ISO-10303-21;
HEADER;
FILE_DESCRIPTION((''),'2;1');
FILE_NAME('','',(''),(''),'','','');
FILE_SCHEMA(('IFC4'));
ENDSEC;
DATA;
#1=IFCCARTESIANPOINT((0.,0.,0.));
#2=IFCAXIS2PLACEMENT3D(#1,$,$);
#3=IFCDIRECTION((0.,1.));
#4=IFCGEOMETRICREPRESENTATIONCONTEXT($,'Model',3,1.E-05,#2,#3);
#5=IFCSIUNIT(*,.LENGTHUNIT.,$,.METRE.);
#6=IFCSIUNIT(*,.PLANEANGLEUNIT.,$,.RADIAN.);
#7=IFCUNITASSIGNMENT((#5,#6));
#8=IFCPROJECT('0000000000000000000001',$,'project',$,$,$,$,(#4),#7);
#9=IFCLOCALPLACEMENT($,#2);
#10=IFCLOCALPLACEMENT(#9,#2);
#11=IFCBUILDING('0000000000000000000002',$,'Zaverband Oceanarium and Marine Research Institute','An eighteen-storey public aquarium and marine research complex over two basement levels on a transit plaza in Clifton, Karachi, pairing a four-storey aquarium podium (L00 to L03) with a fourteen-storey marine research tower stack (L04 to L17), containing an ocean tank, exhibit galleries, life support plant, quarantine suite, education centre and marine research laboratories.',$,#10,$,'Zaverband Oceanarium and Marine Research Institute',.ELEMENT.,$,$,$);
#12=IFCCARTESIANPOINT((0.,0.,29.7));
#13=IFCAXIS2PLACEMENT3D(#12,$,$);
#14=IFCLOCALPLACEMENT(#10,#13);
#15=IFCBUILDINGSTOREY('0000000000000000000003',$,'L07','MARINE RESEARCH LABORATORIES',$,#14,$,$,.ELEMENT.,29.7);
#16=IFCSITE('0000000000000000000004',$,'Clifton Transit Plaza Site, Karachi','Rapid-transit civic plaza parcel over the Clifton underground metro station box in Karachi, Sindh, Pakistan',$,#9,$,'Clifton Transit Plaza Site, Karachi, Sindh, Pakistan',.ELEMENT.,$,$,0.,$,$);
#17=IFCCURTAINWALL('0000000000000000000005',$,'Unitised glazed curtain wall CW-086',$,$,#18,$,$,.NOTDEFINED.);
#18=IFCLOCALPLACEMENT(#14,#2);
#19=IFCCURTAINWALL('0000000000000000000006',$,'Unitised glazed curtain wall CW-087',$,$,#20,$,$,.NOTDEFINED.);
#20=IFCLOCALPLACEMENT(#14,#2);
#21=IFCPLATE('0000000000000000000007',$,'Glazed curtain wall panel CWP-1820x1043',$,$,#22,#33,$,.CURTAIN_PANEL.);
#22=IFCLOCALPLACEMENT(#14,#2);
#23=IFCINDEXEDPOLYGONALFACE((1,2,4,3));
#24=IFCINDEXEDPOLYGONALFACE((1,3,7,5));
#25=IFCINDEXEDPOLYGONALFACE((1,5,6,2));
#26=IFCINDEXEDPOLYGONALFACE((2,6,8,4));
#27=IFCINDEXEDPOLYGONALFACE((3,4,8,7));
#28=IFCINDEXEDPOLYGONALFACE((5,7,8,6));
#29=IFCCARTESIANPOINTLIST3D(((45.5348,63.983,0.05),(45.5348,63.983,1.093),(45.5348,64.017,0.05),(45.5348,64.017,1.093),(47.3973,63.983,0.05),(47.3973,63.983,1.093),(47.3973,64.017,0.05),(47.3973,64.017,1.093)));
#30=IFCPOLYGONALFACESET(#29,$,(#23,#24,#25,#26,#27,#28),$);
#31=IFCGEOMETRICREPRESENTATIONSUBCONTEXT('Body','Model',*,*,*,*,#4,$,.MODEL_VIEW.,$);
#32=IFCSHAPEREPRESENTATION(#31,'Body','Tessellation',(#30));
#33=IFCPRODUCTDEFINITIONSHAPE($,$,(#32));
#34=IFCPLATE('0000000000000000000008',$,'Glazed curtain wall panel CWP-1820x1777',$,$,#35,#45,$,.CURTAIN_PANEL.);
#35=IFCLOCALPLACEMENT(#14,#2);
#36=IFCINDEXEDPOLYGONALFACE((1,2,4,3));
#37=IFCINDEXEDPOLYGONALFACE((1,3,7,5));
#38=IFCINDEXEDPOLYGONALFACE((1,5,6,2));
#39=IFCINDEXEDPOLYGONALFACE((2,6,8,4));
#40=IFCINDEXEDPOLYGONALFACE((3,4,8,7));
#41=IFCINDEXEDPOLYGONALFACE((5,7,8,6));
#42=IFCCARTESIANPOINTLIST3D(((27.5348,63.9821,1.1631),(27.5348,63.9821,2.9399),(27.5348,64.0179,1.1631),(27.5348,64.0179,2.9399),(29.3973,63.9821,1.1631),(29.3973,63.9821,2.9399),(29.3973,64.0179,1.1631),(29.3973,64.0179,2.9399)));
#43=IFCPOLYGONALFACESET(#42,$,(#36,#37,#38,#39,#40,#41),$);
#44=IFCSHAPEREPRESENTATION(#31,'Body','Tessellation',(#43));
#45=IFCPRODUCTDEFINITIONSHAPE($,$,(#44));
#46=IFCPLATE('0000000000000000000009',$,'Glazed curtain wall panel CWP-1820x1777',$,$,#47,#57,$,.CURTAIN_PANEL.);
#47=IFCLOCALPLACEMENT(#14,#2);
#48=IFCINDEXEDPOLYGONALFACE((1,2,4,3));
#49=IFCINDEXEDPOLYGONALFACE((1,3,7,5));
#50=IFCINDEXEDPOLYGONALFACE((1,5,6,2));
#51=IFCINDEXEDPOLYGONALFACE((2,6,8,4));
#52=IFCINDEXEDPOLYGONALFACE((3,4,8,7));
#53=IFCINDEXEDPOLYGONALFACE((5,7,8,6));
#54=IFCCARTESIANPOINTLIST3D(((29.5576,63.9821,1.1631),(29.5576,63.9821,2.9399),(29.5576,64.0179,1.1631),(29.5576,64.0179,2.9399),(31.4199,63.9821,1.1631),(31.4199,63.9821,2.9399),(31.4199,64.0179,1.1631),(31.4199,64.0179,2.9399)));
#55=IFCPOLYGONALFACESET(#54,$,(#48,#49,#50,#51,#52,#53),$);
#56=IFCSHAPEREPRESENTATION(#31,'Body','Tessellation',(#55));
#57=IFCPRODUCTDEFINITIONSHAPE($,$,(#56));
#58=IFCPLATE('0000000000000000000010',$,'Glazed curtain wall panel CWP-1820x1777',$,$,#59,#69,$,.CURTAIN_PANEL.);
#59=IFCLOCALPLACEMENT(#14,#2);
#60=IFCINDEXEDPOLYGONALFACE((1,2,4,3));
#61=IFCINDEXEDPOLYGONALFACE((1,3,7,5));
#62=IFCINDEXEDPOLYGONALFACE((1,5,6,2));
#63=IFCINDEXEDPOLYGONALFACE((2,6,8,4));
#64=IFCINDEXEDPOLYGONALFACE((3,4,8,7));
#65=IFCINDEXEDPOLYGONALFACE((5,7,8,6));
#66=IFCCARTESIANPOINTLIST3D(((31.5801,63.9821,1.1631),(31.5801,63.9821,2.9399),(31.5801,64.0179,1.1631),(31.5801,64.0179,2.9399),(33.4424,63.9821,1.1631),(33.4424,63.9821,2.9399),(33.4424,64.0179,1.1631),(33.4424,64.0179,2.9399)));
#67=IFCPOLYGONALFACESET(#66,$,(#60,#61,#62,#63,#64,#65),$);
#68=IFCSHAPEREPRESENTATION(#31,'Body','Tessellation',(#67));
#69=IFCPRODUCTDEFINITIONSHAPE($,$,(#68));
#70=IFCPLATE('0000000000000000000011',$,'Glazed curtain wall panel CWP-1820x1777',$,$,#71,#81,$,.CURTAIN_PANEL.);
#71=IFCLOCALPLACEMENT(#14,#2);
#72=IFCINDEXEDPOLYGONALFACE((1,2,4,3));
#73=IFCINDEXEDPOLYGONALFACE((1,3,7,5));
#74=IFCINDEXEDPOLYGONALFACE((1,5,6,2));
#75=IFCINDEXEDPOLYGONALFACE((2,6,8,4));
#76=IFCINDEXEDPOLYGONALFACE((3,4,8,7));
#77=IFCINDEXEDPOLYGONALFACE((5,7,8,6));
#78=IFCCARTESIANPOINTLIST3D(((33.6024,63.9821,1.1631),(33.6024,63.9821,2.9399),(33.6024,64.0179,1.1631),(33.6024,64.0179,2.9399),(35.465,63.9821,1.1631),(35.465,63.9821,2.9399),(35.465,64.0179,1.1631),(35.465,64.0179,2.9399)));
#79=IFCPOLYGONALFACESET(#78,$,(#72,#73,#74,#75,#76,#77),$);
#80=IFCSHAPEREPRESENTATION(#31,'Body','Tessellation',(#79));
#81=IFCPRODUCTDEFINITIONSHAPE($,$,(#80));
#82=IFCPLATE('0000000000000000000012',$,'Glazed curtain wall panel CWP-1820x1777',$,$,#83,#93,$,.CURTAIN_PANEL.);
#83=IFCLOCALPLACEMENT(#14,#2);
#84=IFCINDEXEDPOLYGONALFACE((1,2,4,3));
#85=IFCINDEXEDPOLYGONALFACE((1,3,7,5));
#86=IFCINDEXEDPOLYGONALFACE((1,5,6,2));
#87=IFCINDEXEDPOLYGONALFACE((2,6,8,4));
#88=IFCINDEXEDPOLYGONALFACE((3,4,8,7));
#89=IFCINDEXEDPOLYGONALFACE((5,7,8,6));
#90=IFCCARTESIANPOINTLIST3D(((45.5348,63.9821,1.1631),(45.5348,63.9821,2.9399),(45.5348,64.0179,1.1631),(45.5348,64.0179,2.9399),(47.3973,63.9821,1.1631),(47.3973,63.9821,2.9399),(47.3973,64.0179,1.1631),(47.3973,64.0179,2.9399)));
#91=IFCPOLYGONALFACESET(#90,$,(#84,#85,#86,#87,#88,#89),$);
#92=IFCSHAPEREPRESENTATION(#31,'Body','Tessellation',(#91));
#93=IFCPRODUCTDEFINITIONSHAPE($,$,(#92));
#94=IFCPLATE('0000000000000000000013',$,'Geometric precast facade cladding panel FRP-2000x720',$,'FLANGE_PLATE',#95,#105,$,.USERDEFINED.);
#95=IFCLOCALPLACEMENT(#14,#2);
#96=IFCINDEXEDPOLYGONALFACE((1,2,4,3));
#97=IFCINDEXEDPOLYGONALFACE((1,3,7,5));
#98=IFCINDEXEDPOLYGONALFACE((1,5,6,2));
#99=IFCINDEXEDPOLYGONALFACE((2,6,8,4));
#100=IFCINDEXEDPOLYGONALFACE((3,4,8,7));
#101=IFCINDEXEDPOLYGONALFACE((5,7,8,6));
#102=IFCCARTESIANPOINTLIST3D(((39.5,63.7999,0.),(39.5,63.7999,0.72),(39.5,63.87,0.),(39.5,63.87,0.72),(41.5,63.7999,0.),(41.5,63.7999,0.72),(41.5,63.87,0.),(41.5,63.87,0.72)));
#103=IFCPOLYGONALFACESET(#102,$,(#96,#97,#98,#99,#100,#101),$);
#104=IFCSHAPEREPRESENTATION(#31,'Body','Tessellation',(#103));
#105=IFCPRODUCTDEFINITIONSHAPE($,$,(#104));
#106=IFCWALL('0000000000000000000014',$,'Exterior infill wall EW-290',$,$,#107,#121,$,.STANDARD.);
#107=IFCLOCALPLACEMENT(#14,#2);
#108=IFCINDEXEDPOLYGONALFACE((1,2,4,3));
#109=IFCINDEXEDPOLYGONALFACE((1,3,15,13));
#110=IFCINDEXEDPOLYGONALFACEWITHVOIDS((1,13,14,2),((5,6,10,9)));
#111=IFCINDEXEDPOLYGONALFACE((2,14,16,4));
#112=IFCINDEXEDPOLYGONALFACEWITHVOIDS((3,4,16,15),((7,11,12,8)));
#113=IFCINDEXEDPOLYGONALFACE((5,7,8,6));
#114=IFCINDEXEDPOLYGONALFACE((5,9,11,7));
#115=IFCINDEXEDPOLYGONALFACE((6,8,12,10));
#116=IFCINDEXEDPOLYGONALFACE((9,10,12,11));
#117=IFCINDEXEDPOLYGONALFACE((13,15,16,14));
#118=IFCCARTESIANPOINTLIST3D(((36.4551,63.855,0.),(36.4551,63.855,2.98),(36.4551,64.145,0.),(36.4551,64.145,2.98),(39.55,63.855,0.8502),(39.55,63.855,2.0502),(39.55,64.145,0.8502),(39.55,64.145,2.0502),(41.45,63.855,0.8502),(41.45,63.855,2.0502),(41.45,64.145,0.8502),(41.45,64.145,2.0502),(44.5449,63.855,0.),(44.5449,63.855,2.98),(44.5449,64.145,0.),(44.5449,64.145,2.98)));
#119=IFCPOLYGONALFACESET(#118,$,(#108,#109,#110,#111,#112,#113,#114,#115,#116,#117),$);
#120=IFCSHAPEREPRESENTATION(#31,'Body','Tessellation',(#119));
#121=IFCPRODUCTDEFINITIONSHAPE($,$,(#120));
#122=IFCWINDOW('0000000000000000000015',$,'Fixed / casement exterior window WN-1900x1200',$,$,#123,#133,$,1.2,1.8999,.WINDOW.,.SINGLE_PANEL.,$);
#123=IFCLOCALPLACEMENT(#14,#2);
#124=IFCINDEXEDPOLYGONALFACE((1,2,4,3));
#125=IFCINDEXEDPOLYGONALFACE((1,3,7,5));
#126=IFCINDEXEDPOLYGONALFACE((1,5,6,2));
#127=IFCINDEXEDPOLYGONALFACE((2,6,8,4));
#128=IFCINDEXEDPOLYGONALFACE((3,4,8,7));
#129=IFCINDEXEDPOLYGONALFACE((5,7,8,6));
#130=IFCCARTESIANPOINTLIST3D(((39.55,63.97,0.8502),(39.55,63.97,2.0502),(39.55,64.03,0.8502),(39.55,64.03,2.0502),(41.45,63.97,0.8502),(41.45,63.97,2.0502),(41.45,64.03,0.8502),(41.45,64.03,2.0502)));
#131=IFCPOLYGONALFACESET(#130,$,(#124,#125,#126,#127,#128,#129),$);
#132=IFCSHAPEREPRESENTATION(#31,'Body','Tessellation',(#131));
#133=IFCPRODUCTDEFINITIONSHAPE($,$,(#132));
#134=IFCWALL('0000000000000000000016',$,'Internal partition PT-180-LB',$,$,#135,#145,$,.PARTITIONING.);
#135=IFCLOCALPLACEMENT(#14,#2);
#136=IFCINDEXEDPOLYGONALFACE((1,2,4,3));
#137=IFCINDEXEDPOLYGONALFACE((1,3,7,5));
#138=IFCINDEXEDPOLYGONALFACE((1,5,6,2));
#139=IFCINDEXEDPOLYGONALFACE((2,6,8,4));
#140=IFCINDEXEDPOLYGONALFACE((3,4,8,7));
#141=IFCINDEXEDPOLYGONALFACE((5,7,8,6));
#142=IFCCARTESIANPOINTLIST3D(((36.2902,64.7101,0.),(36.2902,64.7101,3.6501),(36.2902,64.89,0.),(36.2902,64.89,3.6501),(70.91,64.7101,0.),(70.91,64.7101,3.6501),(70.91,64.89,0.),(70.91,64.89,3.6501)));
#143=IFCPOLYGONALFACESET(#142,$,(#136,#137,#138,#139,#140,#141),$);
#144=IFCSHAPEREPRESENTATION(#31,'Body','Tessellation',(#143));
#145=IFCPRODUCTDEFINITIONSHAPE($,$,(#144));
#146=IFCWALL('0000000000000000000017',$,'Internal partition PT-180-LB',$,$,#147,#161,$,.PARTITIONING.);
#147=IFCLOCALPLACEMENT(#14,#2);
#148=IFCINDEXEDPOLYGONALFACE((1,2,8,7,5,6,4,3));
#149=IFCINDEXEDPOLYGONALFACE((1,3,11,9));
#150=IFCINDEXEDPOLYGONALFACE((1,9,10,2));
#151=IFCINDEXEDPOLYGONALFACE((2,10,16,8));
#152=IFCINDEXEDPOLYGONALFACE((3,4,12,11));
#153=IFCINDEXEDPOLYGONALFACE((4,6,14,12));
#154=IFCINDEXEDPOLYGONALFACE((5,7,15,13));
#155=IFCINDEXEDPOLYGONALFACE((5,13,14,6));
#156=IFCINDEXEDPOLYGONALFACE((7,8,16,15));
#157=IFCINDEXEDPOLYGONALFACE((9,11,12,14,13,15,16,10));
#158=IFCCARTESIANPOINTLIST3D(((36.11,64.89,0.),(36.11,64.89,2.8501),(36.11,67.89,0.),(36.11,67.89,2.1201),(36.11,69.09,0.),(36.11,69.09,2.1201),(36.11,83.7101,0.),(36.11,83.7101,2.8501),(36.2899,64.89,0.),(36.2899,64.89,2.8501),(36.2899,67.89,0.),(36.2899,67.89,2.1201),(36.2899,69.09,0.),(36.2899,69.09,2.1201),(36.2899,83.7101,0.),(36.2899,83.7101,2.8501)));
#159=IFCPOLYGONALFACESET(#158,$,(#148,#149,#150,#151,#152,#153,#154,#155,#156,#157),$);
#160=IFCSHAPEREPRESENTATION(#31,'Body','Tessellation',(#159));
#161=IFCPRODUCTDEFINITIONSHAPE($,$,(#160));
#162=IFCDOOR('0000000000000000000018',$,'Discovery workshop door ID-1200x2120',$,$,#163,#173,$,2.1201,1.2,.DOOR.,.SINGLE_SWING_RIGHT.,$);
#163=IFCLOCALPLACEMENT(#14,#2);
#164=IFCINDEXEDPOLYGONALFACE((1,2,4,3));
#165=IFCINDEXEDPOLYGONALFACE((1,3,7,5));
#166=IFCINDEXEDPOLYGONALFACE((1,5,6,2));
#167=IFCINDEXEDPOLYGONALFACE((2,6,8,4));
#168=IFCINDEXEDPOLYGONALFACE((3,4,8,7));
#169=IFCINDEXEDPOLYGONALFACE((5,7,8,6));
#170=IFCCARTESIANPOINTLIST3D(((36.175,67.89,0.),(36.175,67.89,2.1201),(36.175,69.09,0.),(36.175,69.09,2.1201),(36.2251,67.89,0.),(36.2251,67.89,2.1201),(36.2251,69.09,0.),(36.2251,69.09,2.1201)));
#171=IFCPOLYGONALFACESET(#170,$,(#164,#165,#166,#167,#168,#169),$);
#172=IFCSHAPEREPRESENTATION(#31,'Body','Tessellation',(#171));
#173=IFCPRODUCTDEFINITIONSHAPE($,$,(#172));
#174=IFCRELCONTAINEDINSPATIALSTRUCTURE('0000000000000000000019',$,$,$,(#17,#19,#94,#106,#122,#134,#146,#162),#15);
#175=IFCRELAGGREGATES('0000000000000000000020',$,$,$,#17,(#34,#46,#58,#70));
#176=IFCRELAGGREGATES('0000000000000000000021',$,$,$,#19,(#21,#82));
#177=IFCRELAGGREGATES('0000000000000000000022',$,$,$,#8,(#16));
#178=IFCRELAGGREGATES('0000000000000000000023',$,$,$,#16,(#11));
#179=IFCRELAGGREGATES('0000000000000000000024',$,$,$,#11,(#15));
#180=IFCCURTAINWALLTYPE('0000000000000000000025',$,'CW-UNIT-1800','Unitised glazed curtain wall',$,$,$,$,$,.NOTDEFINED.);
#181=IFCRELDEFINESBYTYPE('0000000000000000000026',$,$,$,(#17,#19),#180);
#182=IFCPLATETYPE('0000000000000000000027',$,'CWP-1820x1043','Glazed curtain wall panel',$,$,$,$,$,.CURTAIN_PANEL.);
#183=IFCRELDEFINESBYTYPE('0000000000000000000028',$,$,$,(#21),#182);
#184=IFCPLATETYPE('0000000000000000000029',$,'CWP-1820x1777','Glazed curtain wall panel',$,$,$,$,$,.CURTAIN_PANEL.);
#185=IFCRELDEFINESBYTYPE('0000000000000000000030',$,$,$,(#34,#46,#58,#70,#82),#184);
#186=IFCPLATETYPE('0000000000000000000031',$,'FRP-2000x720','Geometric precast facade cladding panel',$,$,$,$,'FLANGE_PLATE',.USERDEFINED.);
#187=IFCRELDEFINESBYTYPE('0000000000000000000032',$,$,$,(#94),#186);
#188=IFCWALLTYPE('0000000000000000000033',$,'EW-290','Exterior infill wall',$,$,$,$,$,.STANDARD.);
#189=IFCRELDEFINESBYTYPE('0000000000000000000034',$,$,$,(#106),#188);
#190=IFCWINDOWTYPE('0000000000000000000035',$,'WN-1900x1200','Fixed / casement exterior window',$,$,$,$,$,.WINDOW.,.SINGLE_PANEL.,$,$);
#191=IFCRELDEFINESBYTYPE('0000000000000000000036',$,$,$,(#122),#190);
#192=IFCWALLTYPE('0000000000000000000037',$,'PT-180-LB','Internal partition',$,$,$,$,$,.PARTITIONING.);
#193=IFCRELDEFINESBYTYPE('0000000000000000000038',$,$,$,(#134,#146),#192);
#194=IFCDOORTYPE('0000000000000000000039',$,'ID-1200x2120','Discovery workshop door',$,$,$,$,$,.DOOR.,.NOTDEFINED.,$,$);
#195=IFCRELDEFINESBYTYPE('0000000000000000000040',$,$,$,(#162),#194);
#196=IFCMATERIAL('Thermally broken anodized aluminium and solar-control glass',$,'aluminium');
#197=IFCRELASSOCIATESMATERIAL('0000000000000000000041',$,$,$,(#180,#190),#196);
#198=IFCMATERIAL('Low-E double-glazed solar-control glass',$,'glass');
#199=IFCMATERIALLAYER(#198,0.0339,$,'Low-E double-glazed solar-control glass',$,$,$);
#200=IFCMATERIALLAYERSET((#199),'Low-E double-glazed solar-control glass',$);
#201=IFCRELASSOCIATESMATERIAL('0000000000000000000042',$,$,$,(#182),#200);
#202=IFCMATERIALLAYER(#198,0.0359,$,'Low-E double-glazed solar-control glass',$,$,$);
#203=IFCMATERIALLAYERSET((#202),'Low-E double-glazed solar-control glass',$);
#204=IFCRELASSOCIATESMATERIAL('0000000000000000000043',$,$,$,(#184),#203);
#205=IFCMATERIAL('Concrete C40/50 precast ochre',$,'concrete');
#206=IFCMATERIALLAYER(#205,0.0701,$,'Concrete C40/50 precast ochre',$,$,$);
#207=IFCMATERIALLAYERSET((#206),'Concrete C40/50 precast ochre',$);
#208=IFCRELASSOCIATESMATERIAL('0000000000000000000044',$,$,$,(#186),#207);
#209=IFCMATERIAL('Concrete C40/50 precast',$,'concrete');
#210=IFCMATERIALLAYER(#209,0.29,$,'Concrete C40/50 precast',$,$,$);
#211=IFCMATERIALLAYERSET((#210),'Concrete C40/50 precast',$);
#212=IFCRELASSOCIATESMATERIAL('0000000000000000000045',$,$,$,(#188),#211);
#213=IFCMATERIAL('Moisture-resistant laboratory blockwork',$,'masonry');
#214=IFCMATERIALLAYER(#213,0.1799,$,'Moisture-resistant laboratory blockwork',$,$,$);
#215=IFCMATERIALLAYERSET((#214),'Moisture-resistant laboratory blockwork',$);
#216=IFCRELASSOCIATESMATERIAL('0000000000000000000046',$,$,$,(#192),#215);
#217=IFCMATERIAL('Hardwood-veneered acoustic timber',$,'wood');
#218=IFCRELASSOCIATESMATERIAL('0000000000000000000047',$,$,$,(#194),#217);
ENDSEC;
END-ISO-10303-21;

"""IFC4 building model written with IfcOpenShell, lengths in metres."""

from ifc_helpers import new_model, si_unit, direction, frame, frame_2d, origin, place, context, subcontext, project, spatial, rectangle, extrude, material, layer, layer_set, type_object, element, fill, aggregate, save


model = new_model("IFC4")

# Units and contexts
model_context = context("Model", 3, precision=1e-05, world=origin(), true_north=direction((0.0, 1.0)))
body_context = subcontext(model_context, "Body", "Model", "MODEL_VIEW")
ifc_project = project(units=[si_unit("LENGTHUNIT", "METRE"), si_unit("PLANEANGLEUNIT", "RADIAN")], contexts=[model_context])

# Site, building, storey
site_placement = place(None, origin())
site = spatial("IfcSite", under=ifc_project, at=site_placement, Name="Clifton Transit Plaza Site, Karachi", Description="Rapid-transit civic plaza parcel over the Clifton underground metro station box in Karachi, Sindh, Pakistan", LongName="Clifton Transit Plaza Site, Karachi, Sindh, Pakistan", CompositionType="ELEMENT", RefElevation=0.0)
building_placement = place(site_placement, origin())
building = spatial("IfcBuilding", under=site, at=building_placement, Name="Zaverband Oceanarium and Marine Research Institute", Description="An eighteen-storey public aquarium and marine research complex over two basement levels on a transit plaza in Clifton, Karachi, pairing a four-storey aquarium podium (L00 to L03) with a fourteen-storey marine research tower stack (L04 to L17), containing an ocean tank, exhibit galleries, life support plant, quarantine suite, education centre and marine research laboratories.", LongName="Zaverband Oceanarium and Marine Research Institute", CompositionType="ELEMENT")
storey_placement = place(building_placement, frame((0.0, 0.0, 29.7)))
storey = spatial("IfcBuildingStorey", under=building, at=storey_placement, Name="L07", Description="MARINE RESEARCH LABORATORIES", CompositionType="ELEMENT", Elevation=29.7)

# Curtain wall
ifc_material_1 = material(Name="Thermally broken anodized aluminium and solar-control glass", Category="aluminium")
curtain_wall_type = type_object("IfcCurtainWallType", Name="CW-UNIT-1800", Description="Unitised glazed curtain wall", PredefinedType="NOTDEFINED", material=ifc_material_1)
curtain_wall_1_placement = place(storey_placement, origin())
curtain_wall_1 = element("IfcCurtainWall", 1, at=curtain_wall_1_placement, inside=storey, type_object=curtain_wall_type, Name="Unitised glazed curtain wall CW-086", PredefinedType="NOTDEFINED")

# Curtain wall
curtain_wall_2_placement = place(storey_placement, origin())
curtain_wall_2 = element("IfcCurtainWall", 2, at=curtain_wall_2_placement, inside=storey, type_object=curtain_wall_type, Name="Unitised glazed curtain wall CW-087", PredefinedType="NOTDEFINED")

# Plates
ifc_material_2 = material(Name="Low-E double-glazed solar-control glass", Category="glass")
ifc_layer_1 = layer(ifc_material_2, 0.0339, Name="Low-E double-glazed solar-control glass")
ifc_layer_set_1 = layer_set([ifc_layer_1], Name="Low-E double-glazed solar-control glass")
plate_type_1 = type_object("IfcPlateType", Name="CWP-1820x1043", Description="Glazed curtain wall panel", PredefinedType="CURTAIN_PANEL", material=ifc_layer_set_1)
plate_1_placement = place(storey_placement, frame((45.5349, 64.0, 0.05), z_axis=(0.0, 0.0, 1.0), x_axis=(1.0, 0.0, 0.0)))
plate_1 = element("IfcPlate", 3, at=plate_1_placement, type_object=plate_type_1, Name="Glazed curtain wall panel CWP-1820x1043", PredefinedType="CURTAIN_PANEL", context=body_context, shape_type="SweptSolid", body=[
    extrude(rectangle(XDim=1.8625, YDim=0.0339, at=frame_2d((0.9312, 0.0))), origin(), (0.0, 0.0, 1.0), 1.043),
])
ifc_layer_2 = layer(ifc_material_2, 0.0359, Name="Low-E double-glazed solar-control glass")
ifc_layer_set_2 = layer_set([ifc_layer_2], Name="Low-E double-glazed solar-control glass")
plate_type_2 = type_object("IfcPlateType", Name="CWP-1820x1777", Description="Glazed curtain wall panel", PredefinedType="CURTAIN_PANEL", material=ifc_layer_set_2)
plate_2_placement = place(storey_placement, frame((27.5349, 64.0, 1.1631), z_axis=(0.0, 0.0, 1.0), x_axis=(1.0, 0.0, 0.0)))
plate_2 = element("IfcPlate", 4, at=plate_2_placement, type_object=plate_type_2, Name="Glazed curtain wall panel CWP-1820x1777", PredefinedType="CURTAIN_PANEL", context=body_context, shape_type="SweptSolid", body=[
    extrude(rectangle(XDim=1.8625, YDim=0.0359, at=frame_2d((0.9312, 0.0))), origin(), (0.0, 0.0, 1.0), 1.7769),
])
plate_3_placement = place(storey_placement, frame((29.5576, 64.0, 1.1631), z_axis=(0.0, 0.0, 1.0), x_axis=(1.0, 0.0, 0.0)))
plate_3 = element("IfcPlate", 5, at=plate_3_placement, type_object=plate_type_2, Name="Glazed curtain wall panel CWP-1820x1777", PredefinedType="CURTAIN_PANEL", context=body_context, shape_type="SweptSolid", body=[
    extrude(rectangle(XDim=1.8623, YDim=0.0359, at=frame_2d((0.9312, 0.0))), origin(), (0.0, 0.0, 1.0), 1.7769),
])
plate_4_placement = place(storey_placement, frame((31.5801, 64.0, 1.1631), z_axis=(0.0, 0.0, 1.0), x_axis=(1.0, 0.0, 0.0)))
plate_4 = element("IfcPlate", 6, at=plate_4_placement, type_object=plate_type_2, Name="Glazed curtain wall panel CWP-1820x1777", PredefinedType="CURTAIN_PANEL", context=body_context, shape_type="SweptSolid", body=[
    extrude(rectangle(XDim=1.8623, YDim=0.0359, at=frame_2d((0.9312, 0.0))), origin(), (0.0, 0.0, 1.0), 1.7769),
])
plate_5_placement = place(storey_placement, frame((33.6025, 64.0, 1.1631), z_axis=(0.0, 0.0, 1.0), x_axis=(1.0, 0.0, 0.0)))
plate_5 = element("IfcPlate", 7, at=plate_5_placement, type_object=plate_type_2, Name="Glazed curtain wall panel CWP-1820x1777", PredefinedType="CURTAIN_PANEL", context=body_context, shape_type="SweptSolid", body=[
    extrude(rectangle(XDim=1.8625, YDim=0.0359, at=frame_2d((0.9312, 0.0))), origin(), (0.0, 0.0, 1.0), 1.7769),
])
aggregate(curtain_wall_1, [plate_2, plate_3, plate_4, plate_5])
plate_6_placement = place(storey_placement, frame((45.5349, 64.0, 1.1631), z_axis=(0.0, 0.0, 1.0), x_axis=(1.0, 0.0, 0.0)))
plate_6 = element("IfcPlate", 8, at=plate_6_placement, type_object=plate_type_2, Name="Glazed curtain wall panel CWP-1820x1777", PredefinedType="CURTAIN_PANEL", context=body_context, shape_type="SweptSolid", body=[
    extrude(rectangle(XDim=1.8625, YDim=0.0359, at=frame_2d((0.9312, 0.0))), origin(), (0.0, 0.0, 1.0), 1.7769),
])
aggregate(curtain_wall_2, [plate_1, plate_6])
ifc_material_3 = material(Name="Concrete C40/50 precast ochre", Category="concrete")
ifc_layer_3 = layer(ifc_material_3, 0.0701, Name="Concrete C40/50 precast ochre")
ifc_layer_set_3 = layer_set([ifc_layer_3], Name="Concrete C40/50 precast ochre")
plate_type_3 = type_object("IfcPlateType", Name="FRP-2000x720", Description="Geometric precast facade cladding panel", ElementType="FLANGE_PLATE", PredefinedType="USERDEFINED", material=ifc_layer_set_3)
plate_7_placement = place(storey_placement, frame((39.5, 63.835, 0.0), z_axis=(0.0, 0.0, 1.0), x_axis=(1.0, 0.0, 0.0)))
element("IfcPlate", 9, at=plate_7_placement, inside=storey, type_object=plate_type_3, Name="Geometric precast facade cladding panel FRP-2000x720", ObjectType="FLANGE_PLATE", PredefinedType="USERDEFINED", context=body_context, shape_type="SweptSolid", body=[
    extrude(rectangle(XDim=2.0, YDim=0.0701, at=frame_2d((1.0, 0.0))), origin(), (0.0, 0.0, 1.0), 0.72),
])

# Wall, opening, window
ifc_material_4 = material(Name="Concrete C40/50 precast", Category="concrete")
ifc_layer_4 = layer(ifc_material_4, 0.29, Name="Concrete C40/50 precast")
ifc_layer_set_4 = layer_set([ifc_layer_4], Name="Concrete C40/50 precast")
wall_type_1 = type_object("IfcWallType", Name="EW-290", Description="Exterior infill wall", PredefinedType="STANDARD", material=ifc_layer_set_4)
wall_1_placement = place(storey_placement, frame((36.4551, 64.0, 0.0), z_axis=(0.0, 0.0, 1.0), x_axis=(1.0, 0.0, 0.0)))
wall_1 = element("IfcWall", 10, at=wall_1_placement, inside=storey, type_object=wall_type_1, Name="Exterior infill wall EW-290", PredefinedType="STANDARD", context=body_context, shape_type="SweptSolid", body=[
    extrude(rectangle(XDim=8.0898, YDim=0.29, at=frame_2d((4.0449, 0.0))), origin(), (0.0, 0.0, 1.0), 2.98),
])
opening_1_placement = place(wall_1_placement, frame((3.095, 0.0, 0.8501)))
opening_1 = element("IfcOpeningElement", 11, at=opening_1_placement, cuts=wall_1, PredefinedType="OPENING", context=body_context, shape_type="SweptSolid", body=[
    extrude(rectangle(XDim=1.8999, YDim=1.2, at=frame_2d((0.95, 0.6001))), frame((0.0, 0.157, 0.0), z_axis=(0.0, -1.0, 0.0), x_axis=(1.0, 0.0, 0.0)), (0.0, 0.0, 1.0), 0.314),
])
window_type = type_object("IfcWindowType", Name="WN-1900x1200", Description="Fixed / casement exterior window", PartitioningType="SINGLE_PANEL", PredefinedType="WINDOW", material=ifc_material_1)
window_placement = place(opening_1_placement, origin())
window = element("IfcWindow", 12, at=window_placement, inside=storey, type_object=window_type, Name="Fixed / casement exterior window WN-1900x1200", OverallHeight=1.2, OverallWidth=1.8999, PartitioningType="SINGLE_PANEL", PredefinedType="WINDOW", context=body_context, shape_type="SweptSolid", body=[
    extrude(rectangle(XDim=1.8999, YDim=1.2, at=frame_2d((0.95, 0.6001))), frame((0.0, 0.03, 0.0), z_axis=(0.0, -1.0, 0.0), x_axis=(1.0, 0.0, 0.0)), (0.0, 0.0, 1.0), 0.0601),
])
fill(opening_1, window)

# Wall
ifc_material_5 = material(Name="Moisture-resistant laboratory blockwork", Category="masonry")
ifc_layer_5 = layer(ifc_material_5, 0.1799, Name="Moisture-resistant laboratory blockwork")
ifc_layer_set_5 = layer_set([ifc_layer_5], Name="Moisture-resistant laboratory blockwork")
wall_type_2 = type_object("IfcWallType", Name="PT-180-LB", Description="Internal partition", PredefinedType="PARTITIONING", material=ifc_layer_set_5)
wall_2_placement = place(storey_placement, frame((36.29, 64.8, 0.0), z_axis=(0.0, 0.0, 1.0), x_axis=(1.0, 0.0, 0.0)))
element("IfcWall", 13, at=wall_2_placement, inside=storey, type_object=wall_type_2, Name="Internal partition PT-180-LB", PredefinedType="PARTITIONING", context=body_context, shape_type="SweptSolid", body=[
    extrude(rectangle(XDim=34.6199, YDim=0.1799, at=frame_2d((17.3101, 0.0))), origin(), (0.0, 0.0, 1.0), 3.6501),
])

# Wall, opening, door
wall_3_placement = place(storey_placement, frame((36.2, 64.8899, 0.0), z_axis=(0.0, 0.0, 1.0), x_axis=(0.0, 1.0, 0.0)))
wall_3 = element("IfcWall", 14, at=wall_3_placement, inside=storey, type_object=wall_type_2, Name="Internal partition PT-180-LB", PredefinedType="PARTITIONING", context=body_context, shape_type="SweptSolid", body=[
    extrude(rectangle(XDim=18.8201, YDim=0.1799, at=frame_2d((9.4102, 0.0))), origin(), (0.0, 0.0, 1.0), 2.8501),
])
opening_2_placement = place(wall_3_placement, frame((3.0, 0.0, 0.0)))
opening_2 = element("IfcOpeningElement", 15, at=opening_2_placement, cuts=wall_3, PredefinedType="OPENING", context=body_context, shape_type="SweptSolid", body=[
    extrude(rectangle(XDim=1.2, YDim=2.1201, at=frame_2d((0.6001, 1.0601))), frame((0.0, 0.1021, 0.0), z_axis=(0.0, -1.0, 0.0), x_axis=(1.0, 0.0, 0.0)), (0.0, 0.0, 1.0), 0.2039),
])
ifc_material_6 = material(Name="Hardwood-veneered acoustic timber", Category="wood")
door_type = type_object("IfcDoorType", Name="ID-1200x2120", Description="Discovery workshop door", OperationType="NOTDEFINED", PredefinedType="DOOR", material=ifc_material_6)
door_placement = place(opening_2_placement, origin())
door = element("IfcDoor", 16, at=door_placement, inside=storey, type_object=door_type, Name="Discovery workshop door ID-1200x2120", OperationType="SINGLE_SWING_RIGHT", OverallHeight=2.1201, OverallWidth=1.2, PredefinedType="DOOR", context=body_context, shape_type="SweptSolid", body=[
    extrude(rectangle(XDim=1.2, YDim=2.1201, at=frame_2d((0.6001, 1.0601))), frame((0.0, 0.0249, 0.0), z_axis=(0.0, -1.0, 0.0), x_axis=(1.0, 0.0, 0.0)), (0.0, 0.0, 1.0), 0.05),
])
fill(opening_2, door)

save(model, "model.ifc")
